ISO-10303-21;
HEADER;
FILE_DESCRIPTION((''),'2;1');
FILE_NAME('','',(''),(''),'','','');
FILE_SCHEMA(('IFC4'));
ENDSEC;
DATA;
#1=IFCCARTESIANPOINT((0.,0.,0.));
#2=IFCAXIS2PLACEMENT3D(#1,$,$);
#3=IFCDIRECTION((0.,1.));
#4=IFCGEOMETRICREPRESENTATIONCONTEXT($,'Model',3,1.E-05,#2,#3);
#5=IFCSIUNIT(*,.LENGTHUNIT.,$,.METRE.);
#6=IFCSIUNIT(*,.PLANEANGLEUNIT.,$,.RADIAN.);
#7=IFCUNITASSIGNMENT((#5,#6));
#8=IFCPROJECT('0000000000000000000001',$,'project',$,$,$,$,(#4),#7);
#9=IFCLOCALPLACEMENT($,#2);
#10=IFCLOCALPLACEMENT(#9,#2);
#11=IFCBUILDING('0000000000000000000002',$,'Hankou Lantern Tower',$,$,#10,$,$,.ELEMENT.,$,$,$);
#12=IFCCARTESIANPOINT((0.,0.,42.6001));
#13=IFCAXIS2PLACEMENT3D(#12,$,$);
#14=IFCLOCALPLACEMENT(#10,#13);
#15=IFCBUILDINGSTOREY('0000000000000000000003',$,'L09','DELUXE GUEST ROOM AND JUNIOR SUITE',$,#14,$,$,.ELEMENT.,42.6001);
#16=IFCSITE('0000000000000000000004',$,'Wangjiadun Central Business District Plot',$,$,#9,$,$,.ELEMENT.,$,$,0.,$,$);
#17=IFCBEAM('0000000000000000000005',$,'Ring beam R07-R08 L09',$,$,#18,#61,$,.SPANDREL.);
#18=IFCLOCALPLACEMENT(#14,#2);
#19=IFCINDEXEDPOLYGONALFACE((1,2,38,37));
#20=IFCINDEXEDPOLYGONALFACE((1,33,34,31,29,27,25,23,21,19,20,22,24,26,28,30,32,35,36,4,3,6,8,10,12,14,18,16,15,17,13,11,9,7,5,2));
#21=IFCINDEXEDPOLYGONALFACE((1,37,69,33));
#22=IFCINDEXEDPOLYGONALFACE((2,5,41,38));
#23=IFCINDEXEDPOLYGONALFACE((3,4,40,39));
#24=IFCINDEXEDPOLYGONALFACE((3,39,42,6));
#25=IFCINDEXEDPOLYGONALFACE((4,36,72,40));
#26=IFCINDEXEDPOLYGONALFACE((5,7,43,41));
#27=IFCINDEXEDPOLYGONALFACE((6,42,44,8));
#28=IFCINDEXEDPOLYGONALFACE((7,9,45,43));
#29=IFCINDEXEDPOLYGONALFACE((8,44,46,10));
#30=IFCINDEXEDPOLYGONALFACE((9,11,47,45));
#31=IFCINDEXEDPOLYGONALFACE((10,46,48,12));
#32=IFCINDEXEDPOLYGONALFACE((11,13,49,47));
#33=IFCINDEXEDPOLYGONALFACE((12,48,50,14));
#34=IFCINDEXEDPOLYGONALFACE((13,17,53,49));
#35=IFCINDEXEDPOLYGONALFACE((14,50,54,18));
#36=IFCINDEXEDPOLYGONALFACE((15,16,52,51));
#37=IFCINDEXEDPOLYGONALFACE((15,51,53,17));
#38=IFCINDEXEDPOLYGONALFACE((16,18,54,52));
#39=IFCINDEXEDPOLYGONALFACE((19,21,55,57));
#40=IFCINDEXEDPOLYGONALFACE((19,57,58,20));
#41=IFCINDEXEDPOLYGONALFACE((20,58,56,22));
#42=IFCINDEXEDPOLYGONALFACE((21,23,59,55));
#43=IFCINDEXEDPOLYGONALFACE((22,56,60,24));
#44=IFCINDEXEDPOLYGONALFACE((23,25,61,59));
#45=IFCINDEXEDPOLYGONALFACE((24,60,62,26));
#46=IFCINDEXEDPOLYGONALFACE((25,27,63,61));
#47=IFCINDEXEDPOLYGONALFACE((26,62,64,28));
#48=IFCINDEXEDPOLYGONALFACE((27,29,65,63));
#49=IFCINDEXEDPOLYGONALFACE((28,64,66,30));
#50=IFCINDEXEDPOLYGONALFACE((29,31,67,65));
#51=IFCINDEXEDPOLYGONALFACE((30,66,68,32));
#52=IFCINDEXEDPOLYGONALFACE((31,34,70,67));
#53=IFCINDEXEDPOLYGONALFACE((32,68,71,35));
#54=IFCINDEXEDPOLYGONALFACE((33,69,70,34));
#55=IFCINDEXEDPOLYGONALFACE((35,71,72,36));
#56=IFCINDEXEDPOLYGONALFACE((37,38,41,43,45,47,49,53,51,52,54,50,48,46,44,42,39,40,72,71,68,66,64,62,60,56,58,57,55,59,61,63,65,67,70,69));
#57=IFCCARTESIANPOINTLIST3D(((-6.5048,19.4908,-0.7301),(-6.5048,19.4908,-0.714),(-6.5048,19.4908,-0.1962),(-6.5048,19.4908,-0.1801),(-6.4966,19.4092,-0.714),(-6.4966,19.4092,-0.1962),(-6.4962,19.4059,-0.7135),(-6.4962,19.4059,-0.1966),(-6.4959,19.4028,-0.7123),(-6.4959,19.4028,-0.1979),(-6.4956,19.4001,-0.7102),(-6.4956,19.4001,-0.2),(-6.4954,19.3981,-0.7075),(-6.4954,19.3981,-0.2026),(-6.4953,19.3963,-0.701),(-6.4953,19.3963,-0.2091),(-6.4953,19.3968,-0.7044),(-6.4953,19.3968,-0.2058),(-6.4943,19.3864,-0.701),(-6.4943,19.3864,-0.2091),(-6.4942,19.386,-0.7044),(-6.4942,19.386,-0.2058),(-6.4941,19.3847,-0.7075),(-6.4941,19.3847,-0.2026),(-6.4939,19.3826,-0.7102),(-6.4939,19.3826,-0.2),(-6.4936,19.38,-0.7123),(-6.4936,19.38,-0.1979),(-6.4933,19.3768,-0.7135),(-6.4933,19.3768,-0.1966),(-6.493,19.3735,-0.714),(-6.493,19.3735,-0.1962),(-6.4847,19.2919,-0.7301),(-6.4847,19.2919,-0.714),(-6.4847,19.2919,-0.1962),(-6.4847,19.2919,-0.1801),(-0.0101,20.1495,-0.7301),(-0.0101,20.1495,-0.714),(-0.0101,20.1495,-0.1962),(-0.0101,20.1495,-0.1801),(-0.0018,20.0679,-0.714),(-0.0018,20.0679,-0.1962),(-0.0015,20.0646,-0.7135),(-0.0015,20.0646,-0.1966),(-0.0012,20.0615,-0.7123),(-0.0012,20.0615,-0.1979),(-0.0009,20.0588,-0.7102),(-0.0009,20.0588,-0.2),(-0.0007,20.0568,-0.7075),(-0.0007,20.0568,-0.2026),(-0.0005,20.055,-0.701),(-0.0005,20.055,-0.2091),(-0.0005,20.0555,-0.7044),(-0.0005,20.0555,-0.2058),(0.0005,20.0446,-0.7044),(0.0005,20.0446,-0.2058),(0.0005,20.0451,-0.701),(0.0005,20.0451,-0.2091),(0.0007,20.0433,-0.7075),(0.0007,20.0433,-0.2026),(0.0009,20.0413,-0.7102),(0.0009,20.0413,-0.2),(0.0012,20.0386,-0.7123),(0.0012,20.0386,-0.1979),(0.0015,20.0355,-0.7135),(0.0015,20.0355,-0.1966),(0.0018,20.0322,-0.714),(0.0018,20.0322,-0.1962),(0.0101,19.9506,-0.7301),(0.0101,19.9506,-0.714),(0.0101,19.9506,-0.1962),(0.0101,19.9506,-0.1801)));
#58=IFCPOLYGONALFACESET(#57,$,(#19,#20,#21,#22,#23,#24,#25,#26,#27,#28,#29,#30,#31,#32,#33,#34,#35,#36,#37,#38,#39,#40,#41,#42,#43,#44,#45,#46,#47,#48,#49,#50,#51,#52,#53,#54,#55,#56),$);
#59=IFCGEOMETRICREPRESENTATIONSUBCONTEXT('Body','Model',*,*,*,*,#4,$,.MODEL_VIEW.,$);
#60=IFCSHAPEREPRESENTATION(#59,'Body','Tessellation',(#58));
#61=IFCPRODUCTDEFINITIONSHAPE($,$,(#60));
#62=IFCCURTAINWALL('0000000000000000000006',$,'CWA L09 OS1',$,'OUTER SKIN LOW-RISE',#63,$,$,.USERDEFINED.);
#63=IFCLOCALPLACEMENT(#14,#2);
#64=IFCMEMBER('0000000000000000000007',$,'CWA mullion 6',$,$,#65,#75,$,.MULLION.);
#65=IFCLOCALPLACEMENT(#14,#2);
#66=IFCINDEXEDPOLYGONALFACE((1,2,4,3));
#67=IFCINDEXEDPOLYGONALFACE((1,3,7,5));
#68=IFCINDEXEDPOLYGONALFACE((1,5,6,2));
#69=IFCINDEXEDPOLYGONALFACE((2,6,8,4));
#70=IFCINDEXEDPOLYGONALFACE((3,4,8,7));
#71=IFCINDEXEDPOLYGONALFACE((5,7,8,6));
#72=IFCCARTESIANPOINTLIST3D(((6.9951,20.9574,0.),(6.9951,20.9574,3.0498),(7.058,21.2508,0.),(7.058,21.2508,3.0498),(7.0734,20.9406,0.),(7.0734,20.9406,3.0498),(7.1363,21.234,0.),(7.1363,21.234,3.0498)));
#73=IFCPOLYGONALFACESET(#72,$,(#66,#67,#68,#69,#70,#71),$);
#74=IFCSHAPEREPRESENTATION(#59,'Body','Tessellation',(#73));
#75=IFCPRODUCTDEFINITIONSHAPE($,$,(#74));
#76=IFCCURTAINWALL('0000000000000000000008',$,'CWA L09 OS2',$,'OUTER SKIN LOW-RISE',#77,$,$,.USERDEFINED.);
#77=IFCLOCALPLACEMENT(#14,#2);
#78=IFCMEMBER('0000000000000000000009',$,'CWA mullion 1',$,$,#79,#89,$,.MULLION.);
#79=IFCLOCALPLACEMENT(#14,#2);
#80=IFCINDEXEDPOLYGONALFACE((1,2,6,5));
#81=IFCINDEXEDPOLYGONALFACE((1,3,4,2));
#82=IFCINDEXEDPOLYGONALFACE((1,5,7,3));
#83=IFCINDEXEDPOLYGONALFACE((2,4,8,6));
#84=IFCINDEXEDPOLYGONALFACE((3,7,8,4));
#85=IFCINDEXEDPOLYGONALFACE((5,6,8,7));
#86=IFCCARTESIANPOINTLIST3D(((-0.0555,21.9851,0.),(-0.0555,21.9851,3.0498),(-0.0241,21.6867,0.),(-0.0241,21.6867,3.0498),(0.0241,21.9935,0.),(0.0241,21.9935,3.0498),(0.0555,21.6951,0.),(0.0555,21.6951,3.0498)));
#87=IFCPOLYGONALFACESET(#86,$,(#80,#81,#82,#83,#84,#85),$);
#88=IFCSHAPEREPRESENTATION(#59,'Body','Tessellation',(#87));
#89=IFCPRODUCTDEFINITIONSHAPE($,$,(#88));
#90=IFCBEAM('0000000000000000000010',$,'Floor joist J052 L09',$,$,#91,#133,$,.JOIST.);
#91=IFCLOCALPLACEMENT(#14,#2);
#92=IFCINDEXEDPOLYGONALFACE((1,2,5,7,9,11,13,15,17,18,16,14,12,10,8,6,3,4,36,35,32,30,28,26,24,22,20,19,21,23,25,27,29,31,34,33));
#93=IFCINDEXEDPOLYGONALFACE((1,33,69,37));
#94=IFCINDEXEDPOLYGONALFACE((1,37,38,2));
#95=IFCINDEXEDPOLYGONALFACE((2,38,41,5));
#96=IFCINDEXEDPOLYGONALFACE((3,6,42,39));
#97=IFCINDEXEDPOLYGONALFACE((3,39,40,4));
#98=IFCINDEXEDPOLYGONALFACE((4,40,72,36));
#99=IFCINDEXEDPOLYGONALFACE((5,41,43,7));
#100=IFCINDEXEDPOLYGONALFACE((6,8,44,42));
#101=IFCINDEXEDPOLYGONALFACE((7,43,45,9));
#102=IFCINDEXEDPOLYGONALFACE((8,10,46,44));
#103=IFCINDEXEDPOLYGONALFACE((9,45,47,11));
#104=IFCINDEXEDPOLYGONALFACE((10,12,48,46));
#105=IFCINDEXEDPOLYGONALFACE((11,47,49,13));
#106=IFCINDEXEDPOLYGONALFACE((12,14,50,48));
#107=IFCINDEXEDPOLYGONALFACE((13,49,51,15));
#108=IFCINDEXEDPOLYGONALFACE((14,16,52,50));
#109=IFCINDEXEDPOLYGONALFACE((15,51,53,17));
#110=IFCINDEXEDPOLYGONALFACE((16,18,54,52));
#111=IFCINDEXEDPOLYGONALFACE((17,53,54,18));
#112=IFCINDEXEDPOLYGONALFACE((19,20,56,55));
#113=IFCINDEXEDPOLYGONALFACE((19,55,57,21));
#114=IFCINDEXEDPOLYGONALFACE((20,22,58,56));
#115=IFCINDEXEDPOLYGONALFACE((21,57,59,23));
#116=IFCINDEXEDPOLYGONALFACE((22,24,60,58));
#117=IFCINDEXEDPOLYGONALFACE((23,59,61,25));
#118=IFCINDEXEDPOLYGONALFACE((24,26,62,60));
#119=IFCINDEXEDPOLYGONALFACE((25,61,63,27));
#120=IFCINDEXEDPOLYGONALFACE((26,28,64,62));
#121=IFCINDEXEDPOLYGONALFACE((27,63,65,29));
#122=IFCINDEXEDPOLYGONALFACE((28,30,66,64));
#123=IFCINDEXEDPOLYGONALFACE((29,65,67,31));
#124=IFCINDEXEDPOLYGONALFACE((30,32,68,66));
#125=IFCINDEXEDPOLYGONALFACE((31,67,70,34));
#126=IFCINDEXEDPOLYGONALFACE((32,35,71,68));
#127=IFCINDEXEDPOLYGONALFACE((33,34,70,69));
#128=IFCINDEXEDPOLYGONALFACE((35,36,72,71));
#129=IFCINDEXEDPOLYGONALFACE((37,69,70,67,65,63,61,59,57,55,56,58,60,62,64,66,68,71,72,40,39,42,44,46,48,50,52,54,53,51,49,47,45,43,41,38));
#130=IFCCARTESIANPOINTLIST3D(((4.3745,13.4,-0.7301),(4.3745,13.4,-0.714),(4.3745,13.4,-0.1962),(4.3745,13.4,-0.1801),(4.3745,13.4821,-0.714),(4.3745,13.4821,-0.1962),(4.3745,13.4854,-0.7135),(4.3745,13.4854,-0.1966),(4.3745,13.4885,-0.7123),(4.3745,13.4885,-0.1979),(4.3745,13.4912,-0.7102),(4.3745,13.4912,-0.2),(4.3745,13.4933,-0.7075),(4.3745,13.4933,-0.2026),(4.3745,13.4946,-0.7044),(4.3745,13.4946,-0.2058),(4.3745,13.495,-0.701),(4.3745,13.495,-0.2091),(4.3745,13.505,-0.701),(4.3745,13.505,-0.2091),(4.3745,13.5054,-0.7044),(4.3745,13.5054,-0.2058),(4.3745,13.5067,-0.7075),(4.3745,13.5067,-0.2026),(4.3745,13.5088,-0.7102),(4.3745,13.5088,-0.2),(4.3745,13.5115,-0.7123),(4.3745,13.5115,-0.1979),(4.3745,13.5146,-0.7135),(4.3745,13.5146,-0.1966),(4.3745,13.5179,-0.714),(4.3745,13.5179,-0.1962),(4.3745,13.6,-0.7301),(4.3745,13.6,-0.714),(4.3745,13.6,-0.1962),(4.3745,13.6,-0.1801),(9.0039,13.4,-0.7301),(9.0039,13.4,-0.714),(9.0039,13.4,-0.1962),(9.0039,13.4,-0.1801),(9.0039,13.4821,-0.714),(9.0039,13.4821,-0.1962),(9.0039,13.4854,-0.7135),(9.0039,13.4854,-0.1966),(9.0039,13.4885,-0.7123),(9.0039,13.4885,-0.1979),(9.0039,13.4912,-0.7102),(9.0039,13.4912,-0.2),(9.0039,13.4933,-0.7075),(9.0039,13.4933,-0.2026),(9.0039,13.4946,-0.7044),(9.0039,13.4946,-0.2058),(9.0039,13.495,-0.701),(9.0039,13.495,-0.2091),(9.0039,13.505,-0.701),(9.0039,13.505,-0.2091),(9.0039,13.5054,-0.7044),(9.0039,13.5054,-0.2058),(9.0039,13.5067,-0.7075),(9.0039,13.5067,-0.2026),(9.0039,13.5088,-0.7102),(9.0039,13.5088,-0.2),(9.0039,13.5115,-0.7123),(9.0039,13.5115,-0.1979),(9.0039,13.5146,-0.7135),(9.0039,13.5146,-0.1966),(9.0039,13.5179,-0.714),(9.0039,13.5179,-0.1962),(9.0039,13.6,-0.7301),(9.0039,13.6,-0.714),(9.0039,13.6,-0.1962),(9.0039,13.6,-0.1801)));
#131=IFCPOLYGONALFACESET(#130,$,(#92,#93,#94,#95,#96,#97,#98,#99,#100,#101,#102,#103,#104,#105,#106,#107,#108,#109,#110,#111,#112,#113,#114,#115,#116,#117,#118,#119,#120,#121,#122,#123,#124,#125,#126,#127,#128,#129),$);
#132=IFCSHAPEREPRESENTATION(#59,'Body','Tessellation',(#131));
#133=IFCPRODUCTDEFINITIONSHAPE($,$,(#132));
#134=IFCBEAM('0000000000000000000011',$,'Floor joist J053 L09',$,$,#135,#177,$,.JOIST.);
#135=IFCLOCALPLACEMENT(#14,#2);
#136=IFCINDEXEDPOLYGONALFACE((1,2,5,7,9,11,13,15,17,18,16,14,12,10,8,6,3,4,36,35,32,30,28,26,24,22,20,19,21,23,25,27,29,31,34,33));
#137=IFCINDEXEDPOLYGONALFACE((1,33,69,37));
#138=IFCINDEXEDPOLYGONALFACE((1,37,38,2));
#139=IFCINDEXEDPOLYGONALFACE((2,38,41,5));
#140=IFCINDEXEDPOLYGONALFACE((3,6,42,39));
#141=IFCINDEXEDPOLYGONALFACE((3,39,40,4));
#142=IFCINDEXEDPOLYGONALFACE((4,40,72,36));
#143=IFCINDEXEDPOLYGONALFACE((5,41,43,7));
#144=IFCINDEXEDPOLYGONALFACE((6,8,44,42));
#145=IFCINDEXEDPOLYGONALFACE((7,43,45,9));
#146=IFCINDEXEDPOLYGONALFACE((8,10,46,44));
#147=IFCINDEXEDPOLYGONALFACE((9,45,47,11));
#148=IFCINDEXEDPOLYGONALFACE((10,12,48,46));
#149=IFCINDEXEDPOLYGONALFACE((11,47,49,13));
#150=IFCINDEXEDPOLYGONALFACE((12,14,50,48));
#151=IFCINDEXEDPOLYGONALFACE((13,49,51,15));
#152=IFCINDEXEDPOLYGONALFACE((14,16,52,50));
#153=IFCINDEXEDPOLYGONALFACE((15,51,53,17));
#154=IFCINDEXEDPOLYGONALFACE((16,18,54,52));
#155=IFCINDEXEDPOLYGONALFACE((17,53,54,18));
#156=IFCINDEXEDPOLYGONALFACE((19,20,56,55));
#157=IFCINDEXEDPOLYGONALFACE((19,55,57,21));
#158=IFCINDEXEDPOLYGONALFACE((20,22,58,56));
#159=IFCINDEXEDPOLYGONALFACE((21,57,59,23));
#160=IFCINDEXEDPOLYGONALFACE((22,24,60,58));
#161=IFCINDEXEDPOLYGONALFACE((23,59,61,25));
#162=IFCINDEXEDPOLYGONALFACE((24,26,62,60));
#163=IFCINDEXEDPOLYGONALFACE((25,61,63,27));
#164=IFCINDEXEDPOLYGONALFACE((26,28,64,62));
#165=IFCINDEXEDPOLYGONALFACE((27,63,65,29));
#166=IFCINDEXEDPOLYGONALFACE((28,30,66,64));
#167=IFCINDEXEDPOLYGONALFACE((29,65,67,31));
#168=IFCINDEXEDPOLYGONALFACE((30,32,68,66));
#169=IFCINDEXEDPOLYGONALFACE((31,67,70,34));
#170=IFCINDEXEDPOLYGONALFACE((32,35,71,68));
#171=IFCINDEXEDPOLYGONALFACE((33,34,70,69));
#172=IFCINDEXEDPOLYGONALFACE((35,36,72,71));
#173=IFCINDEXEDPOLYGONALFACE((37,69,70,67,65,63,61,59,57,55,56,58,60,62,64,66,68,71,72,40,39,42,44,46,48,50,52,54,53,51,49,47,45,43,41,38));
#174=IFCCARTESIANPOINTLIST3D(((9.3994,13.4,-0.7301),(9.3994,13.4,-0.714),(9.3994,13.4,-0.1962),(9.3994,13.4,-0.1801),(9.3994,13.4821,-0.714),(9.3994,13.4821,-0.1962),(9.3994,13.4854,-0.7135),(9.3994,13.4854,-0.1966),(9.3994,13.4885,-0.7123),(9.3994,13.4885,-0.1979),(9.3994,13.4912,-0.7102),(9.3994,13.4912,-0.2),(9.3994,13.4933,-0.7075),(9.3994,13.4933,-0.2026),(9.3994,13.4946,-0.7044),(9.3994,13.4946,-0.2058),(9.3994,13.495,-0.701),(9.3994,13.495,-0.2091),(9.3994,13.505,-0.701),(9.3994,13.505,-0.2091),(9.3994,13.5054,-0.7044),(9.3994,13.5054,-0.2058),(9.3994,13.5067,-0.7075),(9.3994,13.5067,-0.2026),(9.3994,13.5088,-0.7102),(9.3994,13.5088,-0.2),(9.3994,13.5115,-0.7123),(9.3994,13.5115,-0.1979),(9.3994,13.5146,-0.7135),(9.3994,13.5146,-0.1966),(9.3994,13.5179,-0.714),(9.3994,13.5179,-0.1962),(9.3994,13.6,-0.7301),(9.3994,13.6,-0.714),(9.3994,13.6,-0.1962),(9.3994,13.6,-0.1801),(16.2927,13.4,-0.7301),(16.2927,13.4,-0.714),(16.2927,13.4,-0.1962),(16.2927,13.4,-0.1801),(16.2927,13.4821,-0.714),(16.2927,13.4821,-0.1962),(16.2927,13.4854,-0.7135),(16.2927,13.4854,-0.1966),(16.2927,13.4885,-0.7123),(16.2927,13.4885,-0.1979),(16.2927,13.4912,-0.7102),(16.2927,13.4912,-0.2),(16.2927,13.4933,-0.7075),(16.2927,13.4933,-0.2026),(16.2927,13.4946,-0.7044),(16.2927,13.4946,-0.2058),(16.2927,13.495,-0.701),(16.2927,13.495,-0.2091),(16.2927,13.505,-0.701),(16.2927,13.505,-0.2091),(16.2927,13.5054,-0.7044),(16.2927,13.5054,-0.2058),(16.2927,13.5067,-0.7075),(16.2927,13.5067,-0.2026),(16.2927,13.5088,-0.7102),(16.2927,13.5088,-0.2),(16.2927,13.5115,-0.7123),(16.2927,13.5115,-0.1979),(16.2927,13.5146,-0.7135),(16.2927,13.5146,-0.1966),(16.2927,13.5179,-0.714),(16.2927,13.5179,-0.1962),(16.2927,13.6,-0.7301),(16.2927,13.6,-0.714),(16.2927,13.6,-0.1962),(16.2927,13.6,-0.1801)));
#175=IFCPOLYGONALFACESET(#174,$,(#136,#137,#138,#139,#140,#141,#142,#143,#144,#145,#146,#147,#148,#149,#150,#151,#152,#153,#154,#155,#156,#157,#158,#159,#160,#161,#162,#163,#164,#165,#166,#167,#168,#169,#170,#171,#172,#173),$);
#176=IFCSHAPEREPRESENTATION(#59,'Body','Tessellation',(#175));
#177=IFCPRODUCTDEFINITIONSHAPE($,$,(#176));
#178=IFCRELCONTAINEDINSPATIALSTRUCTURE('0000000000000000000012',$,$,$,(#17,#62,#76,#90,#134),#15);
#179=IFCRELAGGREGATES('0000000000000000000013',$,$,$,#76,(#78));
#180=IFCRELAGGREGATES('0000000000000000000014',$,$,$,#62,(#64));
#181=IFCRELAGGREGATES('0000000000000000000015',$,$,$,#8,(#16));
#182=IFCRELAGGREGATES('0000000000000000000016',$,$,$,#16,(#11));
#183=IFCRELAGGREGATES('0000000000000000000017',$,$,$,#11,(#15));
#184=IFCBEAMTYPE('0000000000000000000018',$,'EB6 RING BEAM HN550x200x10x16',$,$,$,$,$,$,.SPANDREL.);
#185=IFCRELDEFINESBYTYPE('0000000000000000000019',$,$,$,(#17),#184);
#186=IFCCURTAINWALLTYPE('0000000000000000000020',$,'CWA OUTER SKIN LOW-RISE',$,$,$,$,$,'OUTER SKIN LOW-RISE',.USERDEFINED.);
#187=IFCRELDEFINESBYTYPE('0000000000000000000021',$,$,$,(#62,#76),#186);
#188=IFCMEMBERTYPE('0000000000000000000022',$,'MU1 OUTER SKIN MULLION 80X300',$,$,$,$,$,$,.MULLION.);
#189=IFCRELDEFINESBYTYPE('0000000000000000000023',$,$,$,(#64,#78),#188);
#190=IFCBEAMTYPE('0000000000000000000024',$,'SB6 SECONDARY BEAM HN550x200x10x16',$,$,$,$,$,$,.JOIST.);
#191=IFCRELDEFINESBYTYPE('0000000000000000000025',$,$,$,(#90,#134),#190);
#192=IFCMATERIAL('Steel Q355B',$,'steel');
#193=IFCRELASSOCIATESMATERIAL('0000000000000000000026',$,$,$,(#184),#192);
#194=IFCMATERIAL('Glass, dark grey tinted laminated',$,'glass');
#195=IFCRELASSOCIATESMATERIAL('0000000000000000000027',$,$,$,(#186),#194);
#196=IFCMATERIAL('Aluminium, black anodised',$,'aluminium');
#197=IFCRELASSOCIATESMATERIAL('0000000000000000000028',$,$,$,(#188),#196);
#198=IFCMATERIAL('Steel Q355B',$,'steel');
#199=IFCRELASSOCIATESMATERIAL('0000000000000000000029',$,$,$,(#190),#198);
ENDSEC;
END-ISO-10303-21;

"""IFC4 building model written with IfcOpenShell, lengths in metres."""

from ifc_helpers import new_model, si_unit, direction, frame, origin, origin_2d, place, context, subcontext, project, spatial, rectangle, i_section, extrude, material, material_profile, profile_set, type_object, element, aggregate, save


model = new_model("IFC4")

# Units and contexts
model_context = context("Model", 3, precision=1e-05, world=origin(), true_north=direction((0.0, 1.0)))
body_context = subcontext(model_context, "Body", "Model", "MODEL_VIEW")
ifc_project = project(units=[si_unit("LENGTHUNIT", "METRE"), si_unit("PLANEANGLEUNIT", "RADIAN")], contexts=[model_context])

# Site, building, storey
site_placement = place(None, origin())
site = spatial("IfcSite", under=ifc_project, at=site_placement, Name="Wangjiadun Central Business District Plot", CompositionType="ELEMENT", RefElevation=0.0)
building_placement = place(site_placement, origin())
building = spatial("IfcBuilding", under=site, at=building_placement, Name="Hankou Lantern Tower", CompositionType="ELEMENT")
storey_placement = place(building_placement, frame((0.0, 0.0, 42.6001)))
storey = spatial("IfcBuildingStorey", under=building, at=storey_placement, Name="L09", Description="DELUXE GUEST ROOM AND JUNIOR SUITE", CompositionType="ELEMENT", Elevation=42.6001)

# Beam
ifc_material_1 = material(Name="Steel Q355B", Category="steel")
ifc_material_profile_1 = material_profile(ifc_material_1, i_section(OverallWidth=0.2, OverallDepth=0.55, WebThickness=0.01, FlangeThickness=0.0161, FilletRadius=0.0129, at=origin_2d()), Name="HN550x200x10x16")
ifc_profile_set_1 = profile_set([ifc_material_profile_1], Name="Steel Q355B")
beam_type_1 = type_object("IfcBeamType", Name="EB6 RING BEAM HN550x200x10x16", PredefinedType="SPANDREL", material=ifc_profile_set_1)
for number, where, z_axis, x_axis, name in (
    (1, (0.0, 20.05, -0.4551), (-0.994897, -0.1009, 0.0), (0.1009, -0.994897, 0.0), "Ring beam R07-R08 L09"),
):
    element("IfcBeam", number, at=place(storey_placement, frame(where, z_axis=z_axis, x_axis=x_axis)), inside=storey, type_object=beam_type_1, Name=name, PredefinedType="SPANDREL", context=body_context, shape_type="SweptSolid", body=[
        extrude(i_section(OverallWidth=0.2, OverallDepth=0.55, WebThickness=0.01, FlangeThickness=0.0161, FilletRadius=0.0129, at=origin_2d()), origin(), (0.0, 0.0, 1.0), 6.5281),
    ])

# Curtain walls, members
ifc_material_2 = material(Name="Glass, dark grey tinted laminated", Category="glass")
curtain_wall_type = type_object("IfcCurtainWallType", Name="CWA OUTER SKIN LOW-RISE", ElementType="OUTER SKIN LOW-RISE", PredefinedType="USERDEFINED", material=ifc_material_2)
curtain_wall_1_placement = place(storey_placement, origin())
curtain_wall_1 = element("IfcCurtainWall", 2, at=curtain_wall_1_placement, inside=storey, type_object=curtain_wall_type, Name="CWA L09 OS1", ObjectType="OUTER SKIN LOW-RISE", PredefinedType="USERDEFINED")
ifc_material_3 = material(Name="Aluminium, black anodised", Category="aluminium")
ifc_material_profile_2 = material_profile(ifc_material_3, rectangle(XDim=0.0801, YDim=0.3, at=origin_2d()), Name="MU1 80X300")
ifc_profile_set_2 = profile_set([ifc_material_profile_2], Name="Aluminium, black anodised")
member_type_1 = type_object("IfcMemberType", Name="MU1 OUTER SKIN MULLION 80X300", PredefinedType="MULLION", material=ifc_profile_set_2)
member_1_placement = place(storey_placement, frame((7.0657, 21.0957, 0.0), z_axis=(0.0, 0.0, 1.0), x_axis=(-0.977788, 0.209598, 0.0)))
member_1 = element("IfcMember", 3, at=member_1_placement, type_object=member_type_1, Name="CWA mullion 6", PredefinedType="MULLION", context=body_context, shape_type="SweptSolid", body=[
    extrude(rectangle(XDim=0.0801, YDim=0.3, at=origin_2d()), origin(), (0.0, 0.0, 1.0), 3.0498),
])
curtain_wall_2_placement = place(storey_placement, origin())
curtain_wall_2 = element("IfcCurtainWall", 4, at=curtain_wall_2_placement, inside=storey, type_object=curtain_wall_type, Name="CWA L09 OS2", ObjectType="OUTER SKIN LOW-RISE", PredefinedType="USERDEFINED")
member_2_placement = place(storey_placement, frame((0.0, 21.8401, 0.0), z_axis=(0.0, 0.0, 1.0), x_axis=(-0.994499, -0.104743, 0.0)))
member_2 = element("IfcMember", 5, at=member_2_placement, type_object=member_type_1, Name="CWA mullion 1", PredefinedType="MULLION", context=body_context, shape_type="SweptSolid", body=[
    extrude(rectangle(XDim=0.0801, YDim=0.3, at=origin_2d()), origin(), (0.0, 0.0, 1.0), 3.0498),
])
aggregate(curtain_wall_2, [member_2])

# Beams
ifc_material_4 = material(Name="Steel Q355B", Category="steel")
ifc_material_profile_3 = material_profile(ifc_material_4, i_section(OverallWidth=0.2, OverallDepth=0.55, WebThickness=0.01, FlangeThickness=0.0161, FilletRadius=0.0129, at=origin_2d()), Name="HN550x200x10x16")
ifc_profile_set_3 = profile_set([ifc_material_profile_3], Name="Steel Q355B")
beam_type_2 = type_object("IfcBeamType", Name="SB6 SECONDARY BEAM HN550x200x10x16", PredefinedType="JOIST", material=ifc_profile_set_3)
beam_1_placement = place(storey_placement, frame((4.3745, 13.5, -0.4551), z_axis=(1.0, 0.0, 0.0), x_axis=(0.0, 1.0, 0.0)))
element("IfcBeam", 6, at=beam_1_placement, inside=storey, type_object=beam_type_2, Name="Floor joist J052 L09", PredefinedType="JOIST", context=body_context, shape_type="SweptSolid", body=[
    extrude(i_section(OverallWidth=0.2, OverallDepth=0.55, WebThickness=0.01, FlangeThickness=0.0161, FilletRadius=0.0129, at=origin_2d()), origin(), (0.0, 0.0, 1.0), 4.6294),
])
beam_2_placement = place(storey_placement, frame((9.3994, 13.5, -0.4551), z_axis=(1.0, 0.0, 0.0), x_axis=(0.0, 1.0, 0.0)))
element("IfcBeam", 7, at=beam_2_placement, inside=storey, type_object=beam_type_2, Name="Floor joist J053 L09", PredefinedType="JOIST", context=body_context, shape_type="SweptSolid", body=[
    extrude(i_section(OverallWidth=0.2, OverallDepth=0.55, WebThickness=0.01, FlangeThickness=0.0161, FilletRadius=0.0129, at=origin_2d()), origin(), (0.0, 0.0, 1.0), 6.8933),
])

aggregate(curtain_wall_1, [member_1])

save(model, "model.ifc")
